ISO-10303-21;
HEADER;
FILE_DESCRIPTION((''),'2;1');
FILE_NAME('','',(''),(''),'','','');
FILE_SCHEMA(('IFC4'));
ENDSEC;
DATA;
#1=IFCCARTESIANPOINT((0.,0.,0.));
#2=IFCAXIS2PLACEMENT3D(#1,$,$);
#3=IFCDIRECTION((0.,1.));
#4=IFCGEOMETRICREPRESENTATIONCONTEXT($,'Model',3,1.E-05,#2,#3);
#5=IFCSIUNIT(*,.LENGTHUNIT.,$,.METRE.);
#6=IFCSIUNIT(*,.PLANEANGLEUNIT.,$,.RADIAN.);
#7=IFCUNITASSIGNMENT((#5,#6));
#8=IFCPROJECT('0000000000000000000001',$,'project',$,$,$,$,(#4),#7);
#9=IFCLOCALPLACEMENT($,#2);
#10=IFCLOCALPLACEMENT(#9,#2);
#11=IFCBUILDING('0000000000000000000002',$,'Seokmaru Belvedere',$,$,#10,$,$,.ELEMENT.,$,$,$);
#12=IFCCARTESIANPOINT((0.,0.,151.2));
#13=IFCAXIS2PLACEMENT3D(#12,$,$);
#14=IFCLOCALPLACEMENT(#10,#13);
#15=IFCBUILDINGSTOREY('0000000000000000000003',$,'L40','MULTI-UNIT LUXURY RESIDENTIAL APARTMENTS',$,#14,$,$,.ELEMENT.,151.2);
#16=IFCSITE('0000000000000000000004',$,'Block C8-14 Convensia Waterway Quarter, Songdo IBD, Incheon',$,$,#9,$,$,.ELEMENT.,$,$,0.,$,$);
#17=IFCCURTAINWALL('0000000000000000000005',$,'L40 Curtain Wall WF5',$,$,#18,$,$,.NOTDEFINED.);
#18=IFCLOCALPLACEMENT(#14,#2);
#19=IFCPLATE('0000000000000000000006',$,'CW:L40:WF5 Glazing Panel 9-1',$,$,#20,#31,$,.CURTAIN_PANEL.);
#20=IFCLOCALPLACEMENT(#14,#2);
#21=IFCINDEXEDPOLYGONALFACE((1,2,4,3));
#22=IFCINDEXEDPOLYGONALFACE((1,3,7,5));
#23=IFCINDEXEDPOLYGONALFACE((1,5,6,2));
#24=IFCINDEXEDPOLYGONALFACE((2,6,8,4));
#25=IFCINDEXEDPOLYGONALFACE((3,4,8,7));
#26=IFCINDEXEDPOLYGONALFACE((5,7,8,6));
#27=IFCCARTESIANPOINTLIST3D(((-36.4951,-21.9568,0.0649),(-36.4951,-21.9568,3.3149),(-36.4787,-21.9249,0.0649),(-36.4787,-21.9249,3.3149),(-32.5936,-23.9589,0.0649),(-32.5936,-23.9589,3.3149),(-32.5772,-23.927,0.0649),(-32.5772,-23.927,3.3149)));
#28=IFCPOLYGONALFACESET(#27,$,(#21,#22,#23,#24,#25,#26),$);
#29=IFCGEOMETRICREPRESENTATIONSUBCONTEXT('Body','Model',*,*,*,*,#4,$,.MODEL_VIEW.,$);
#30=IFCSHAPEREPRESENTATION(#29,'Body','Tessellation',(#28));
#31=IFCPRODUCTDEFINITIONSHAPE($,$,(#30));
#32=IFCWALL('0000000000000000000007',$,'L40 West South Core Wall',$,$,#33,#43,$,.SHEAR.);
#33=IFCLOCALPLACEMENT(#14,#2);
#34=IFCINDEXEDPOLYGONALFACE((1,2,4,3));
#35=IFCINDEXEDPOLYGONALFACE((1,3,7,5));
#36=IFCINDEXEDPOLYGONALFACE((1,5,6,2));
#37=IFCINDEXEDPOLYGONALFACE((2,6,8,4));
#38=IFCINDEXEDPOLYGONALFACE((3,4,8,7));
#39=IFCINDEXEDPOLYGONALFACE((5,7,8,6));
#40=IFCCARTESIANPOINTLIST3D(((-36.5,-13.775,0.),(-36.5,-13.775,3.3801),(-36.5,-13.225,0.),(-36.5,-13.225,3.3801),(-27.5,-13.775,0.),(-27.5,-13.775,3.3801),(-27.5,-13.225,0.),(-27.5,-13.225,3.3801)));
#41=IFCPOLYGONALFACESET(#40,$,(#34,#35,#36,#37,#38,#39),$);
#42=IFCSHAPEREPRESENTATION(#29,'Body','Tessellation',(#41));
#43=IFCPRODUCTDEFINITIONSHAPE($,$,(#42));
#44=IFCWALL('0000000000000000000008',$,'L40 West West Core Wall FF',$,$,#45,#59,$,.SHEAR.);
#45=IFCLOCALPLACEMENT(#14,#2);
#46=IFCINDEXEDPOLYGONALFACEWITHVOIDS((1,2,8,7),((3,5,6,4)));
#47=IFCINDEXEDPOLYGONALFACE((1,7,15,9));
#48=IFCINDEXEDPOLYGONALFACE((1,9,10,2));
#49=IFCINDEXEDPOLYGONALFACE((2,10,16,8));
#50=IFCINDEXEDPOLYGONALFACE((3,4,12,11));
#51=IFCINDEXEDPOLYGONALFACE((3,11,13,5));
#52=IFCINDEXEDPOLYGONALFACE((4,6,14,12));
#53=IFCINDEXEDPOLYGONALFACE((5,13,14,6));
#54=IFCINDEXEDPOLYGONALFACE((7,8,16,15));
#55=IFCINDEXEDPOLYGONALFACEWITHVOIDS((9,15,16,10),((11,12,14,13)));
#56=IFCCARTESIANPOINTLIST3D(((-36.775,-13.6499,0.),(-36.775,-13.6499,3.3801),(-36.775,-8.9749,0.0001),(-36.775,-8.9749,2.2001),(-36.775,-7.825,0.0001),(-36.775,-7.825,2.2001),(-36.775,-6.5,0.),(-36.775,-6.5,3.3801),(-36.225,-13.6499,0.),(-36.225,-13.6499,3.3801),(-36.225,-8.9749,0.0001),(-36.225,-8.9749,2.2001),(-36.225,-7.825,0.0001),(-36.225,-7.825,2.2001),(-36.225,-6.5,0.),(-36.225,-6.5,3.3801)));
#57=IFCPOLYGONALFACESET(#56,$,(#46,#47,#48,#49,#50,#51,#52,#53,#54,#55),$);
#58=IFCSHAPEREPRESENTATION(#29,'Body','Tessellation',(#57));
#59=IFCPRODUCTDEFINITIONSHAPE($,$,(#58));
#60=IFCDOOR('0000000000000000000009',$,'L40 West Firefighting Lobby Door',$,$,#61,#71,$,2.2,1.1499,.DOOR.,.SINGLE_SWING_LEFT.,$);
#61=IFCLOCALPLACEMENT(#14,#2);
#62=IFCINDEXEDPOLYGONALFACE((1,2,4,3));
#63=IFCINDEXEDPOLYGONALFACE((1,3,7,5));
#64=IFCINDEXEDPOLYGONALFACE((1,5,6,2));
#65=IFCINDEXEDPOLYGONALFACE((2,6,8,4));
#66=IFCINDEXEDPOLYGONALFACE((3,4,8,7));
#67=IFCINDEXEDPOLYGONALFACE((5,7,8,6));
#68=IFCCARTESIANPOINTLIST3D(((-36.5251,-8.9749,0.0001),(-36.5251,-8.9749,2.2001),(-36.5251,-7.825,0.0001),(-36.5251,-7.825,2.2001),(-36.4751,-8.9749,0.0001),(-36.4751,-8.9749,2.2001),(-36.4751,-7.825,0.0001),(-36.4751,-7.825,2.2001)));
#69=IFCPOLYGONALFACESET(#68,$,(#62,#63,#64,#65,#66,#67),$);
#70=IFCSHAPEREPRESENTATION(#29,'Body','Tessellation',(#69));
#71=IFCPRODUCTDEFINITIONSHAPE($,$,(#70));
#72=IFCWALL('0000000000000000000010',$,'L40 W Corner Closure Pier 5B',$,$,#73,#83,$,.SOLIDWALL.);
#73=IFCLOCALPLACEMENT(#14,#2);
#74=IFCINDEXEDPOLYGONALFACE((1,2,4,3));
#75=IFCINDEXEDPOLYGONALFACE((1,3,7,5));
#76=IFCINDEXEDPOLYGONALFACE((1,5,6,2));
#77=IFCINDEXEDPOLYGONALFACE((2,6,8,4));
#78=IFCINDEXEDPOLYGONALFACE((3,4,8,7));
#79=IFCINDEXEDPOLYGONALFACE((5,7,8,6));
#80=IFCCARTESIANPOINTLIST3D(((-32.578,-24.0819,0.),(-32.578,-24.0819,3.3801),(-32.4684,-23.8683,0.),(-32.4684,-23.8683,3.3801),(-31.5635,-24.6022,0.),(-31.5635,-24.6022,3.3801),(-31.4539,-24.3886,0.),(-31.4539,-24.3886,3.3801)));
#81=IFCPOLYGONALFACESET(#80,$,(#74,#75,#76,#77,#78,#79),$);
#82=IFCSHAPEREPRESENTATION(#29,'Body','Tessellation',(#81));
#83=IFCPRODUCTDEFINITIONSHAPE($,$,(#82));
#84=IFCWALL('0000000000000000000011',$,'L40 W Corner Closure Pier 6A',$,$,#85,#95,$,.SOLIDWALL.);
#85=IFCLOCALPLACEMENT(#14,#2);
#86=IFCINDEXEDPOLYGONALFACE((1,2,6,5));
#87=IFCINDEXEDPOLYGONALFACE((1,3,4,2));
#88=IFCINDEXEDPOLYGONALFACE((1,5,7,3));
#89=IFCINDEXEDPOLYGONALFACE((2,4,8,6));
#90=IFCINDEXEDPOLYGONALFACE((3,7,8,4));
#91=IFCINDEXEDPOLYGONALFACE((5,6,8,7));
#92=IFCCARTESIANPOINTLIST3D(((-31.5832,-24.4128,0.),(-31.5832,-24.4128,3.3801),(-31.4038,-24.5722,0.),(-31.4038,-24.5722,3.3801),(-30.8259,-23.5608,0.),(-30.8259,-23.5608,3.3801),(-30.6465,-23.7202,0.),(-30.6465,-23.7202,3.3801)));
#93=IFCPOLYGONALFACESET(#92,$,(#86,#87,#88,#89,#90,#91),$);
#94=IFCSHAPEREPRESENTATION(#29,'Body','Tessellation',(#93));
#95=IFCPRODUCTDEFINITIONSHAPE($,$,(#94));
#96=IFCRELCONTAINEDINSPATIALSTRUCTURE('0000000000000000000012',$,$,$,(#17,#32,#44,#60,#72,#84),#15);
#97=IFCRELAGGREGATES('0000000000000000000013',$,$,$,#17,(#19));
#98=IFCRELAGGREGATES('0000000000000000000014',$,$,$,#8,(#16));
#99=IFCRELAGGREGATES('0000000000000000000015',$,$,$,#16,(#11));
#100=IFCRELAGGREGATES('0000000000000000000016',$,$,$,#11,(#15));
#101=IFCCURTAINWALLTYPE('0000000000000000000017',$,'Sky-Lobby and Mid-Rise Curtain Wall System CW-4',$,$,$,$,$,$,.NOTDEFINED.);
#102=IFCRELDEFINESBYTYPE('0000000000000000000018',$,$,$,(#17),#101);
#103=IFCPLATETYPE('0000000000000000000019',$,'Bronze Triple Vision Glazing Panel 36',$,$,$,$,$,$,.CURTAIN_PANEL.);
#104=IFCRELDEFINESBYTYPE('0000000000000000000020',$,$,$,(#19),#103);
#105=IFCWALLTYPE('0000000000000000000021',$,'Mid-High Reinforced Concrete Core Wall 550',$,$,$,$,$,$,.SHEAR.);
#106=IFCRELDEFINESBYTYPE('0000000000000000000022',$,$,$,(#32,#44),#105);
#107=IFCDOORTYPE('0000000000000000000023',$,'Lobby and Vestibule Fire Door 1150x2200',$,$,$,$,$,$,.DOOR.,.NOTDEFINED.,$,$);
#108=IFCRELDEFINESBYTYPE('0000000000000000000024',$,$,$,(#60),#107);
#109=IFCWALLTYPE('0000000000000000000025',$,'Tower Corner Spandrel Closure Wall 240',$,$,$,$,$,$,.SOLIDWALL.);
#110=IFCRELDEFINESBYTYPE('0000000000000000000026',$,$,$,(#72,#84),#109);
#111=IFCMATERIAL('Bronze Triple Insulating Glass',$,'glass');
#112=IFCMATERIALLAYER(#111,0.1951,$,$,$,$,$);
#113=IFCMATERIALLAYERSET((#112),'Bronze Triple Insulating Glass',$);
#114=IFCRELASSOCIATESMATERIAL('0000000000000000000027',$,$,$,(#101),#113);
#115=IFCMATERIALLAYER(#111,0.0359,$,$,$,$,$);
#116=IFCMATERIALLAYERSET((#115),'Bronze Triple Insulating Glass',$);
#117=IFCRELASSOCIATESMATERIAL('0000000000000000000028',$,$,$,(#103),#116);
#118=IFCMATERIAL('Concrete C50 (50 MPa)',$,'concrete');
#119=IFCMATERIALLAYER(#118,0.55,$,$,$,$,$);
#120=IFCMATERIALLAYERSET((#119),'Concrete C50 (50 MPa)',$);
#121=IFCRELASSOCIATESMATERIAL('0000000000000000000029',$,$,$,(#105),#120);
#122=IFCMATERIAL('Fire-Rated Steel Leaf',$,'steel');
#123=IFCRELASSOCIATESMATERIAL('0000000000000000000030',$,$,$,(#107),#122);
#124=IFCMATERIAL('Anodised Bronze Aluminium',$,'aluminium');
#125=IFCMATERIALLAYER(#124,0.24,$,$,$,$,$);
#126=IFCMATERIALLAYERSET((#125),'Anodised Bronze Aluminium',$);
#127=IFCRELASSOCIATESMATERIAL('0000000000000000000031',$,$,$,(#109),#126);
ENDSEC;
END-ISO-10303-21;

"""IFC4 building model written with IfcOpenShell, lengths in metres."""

from ifc_helpers import new_model, si_unit, direction, frame, frame_2d, origin, origin_2d, place, context, subcontext, project, spatial, rectangle, extrude, source, transform, mapped, material, layer, layer_set, type_object, type_shapes, element, fill, aggregate, save


model = new_model("IFC4")

# Units and contexts
model_context = context("Model", 3, precision=1e-05, world=origin(), true_north=direction((0.0, 1.0)))
body_context = subcontext(model_context, "Body", "Model", "MODEL_VIEW")
ifc_project = project(units=[si_unit("LENGTHUNIT", "METRE"), si_unit("PLANEANGLEUNIT", "RADIAN")], contexts=[model_context])

# Site, building, storey
site_placement = place(None, origin())
site = spatial("IfcSite", under=ifc_project, at=site_placement, Name="Block C8-14 Convensia Waterway Quarter, Songdo IBD, Incheon", CompositionType="ELEMENT", RefElevation=0.0)
building_placement = place(site_placement, origin())
building = spatial("IfcBuilding", under=site, at=building_placement, Name="Seokmaru Belvedere", CompositionType="ELEMENT")
storey_placement = place(building_placement, frame((0.0, 0.0, 151.2)))
storey = spatial("IfcBuildingStorey", under=building, at=storey_placement, Name="L40", Description="MULTI-UNIT LUXURY RESIDENTIAL APARTMENTS", CompositionType="ELEMENT", Elevation=151.2)

# Curtain wall
ifc_material_1 = material(Name="Bronze Triple Insulating Glass", Category="glass")
ifc_layer_1 = layer(ifc_material_1, 0.1951)
ifc_layer_set_1 = layer_set([ifc_layer_1], Name="Bronze Triple Insulating Glass")
curtain_wall_type = type_object("IfcCurtainWallType", Name="Sky-Lobby and Mid-Rise Curtain Wall System CW-4", PredefinedType="NOTDEFINED", material=ifc_layer_set_1)
curtain_wall_1_placement = place(storey_placement, origin())
curtain_wall_1 = element("IfcCurtainWall", 1, at=curtain_wall_1_placement, inside=storey, type_object=curtain_wall_type, Name="L40 Curtain Wall WF5", PredefinedType="NOTDEFINED")
ifc_material_2 = material(Name="Anodised Bronze Aluminium", Category="aluminium")

# Plate
ifc_layer_2 = layer(ifc_material_1, 0.0359)
ifc_layer_set_2 = layer_set([ifc_layer_2], Name="Bronze Triple Insulating Glass")
plate_type = type_object("IfcPlateType", Name="Bronze Triple Vision Glazing Panel 36", PredefinedType="CURTAIN_PANEL", material=ifc_layer_set_2)
shared_shape_1 = source(origin(), body_context, "Body", "SweptSolid", [
    extrude(rectangle(XDim=4.3853, YDim=0.0359, at=origin_2d()), origin(), (0.0, 0.0, 1.0), 3.25),
])
type_shapes(plate_type, [shared_shape_1])
plate_placement = place(storey_placement, frame((-34.5361, -22.9419, 0.0649), z_axis=(0.0, 0.0, 1.0), x_axis=(0.889695, -0.456555, 0.0)))
plate = element("IfcPlate", 2, at=plate_placement, type_object=plate_type, Name="CW:L40:WF5 Glazing Panel 9-1", PredefinedType="CURTAIN_PANEL", context=body_context, shape_type="MappedRepresentation", body=[
    mapped(shared_shape_1, transform((0.0, 0.0, 0.0), scale=1.0)),
])
aggregate(curtain_wall_1, [plate])

# Wall
ifc_material_3 = material(Name="Concrete C50 (50 MPa)", Category="concrete")
ifc_layer_3 = layer(ifc_material_3, 0.55)
ifc_layer_set_3 = layer_set([ifc_layer_3], Name="Concrete C50 (50 MPa)")
wall_type_1 = type_object("IfcWallType", Name="Mid-High Reinforced Concrete Core Wall 550", PredefinedType="SHEAR", material=ifc_layer_set_3)
wall_1_placement = place(storey_placement, frame((-36.5, -13.5, 0.0), z_axis=(0.0, 0.0, 1.0), x_axis=(1.0, 0.0, 0.0)))
element("IfcWall", 3, at=wall_1_placement, inside=storey, type_object=wall_type_1, Name="L40 West South Core Wall", PredefinedType="SHEAR", context=body_context, shape_type="SweptSolid", body=[
    extrude(rectangle(XDim=9.0, YDim=0.55, at=frame_2d((4.5, 0.0))), origin(), (0.0, 0.0, 1.0), 3.3801),
])

# Wall, opening, door
wall_2_placement = place(storey_placement, frame((-36.5, -13.6499, 0.0), z_axis=(0.0, 0.0, 1.0), x_axis=(0.0, 1.0, 0.0)))
wall_2 = element("IfcWall", 4, at=wall_2_placement, inside=storey, type_object=wall_type_1, Name="L40 West West Core Wall FF", PredefinedType="SHEAR", context=body_context, shape_type="SweptSolid", body=[
    extrude(rectangle(XDim=7.1499, YDim=0.55, at=frame_2d((3.575, 0.0))), origin(), (0.0, 0.0, 1.0), 3.3801),
])
opening_placement = place(wall_2_placement, frame((4.675, 0.0, 0.0)))
opening = element("IfcOpeningElement", 5, at=opening_placement, cuts=wall_2, PredefinedType="OPENING", context=body_context, shape_type="SweptSolid", body=[
    extrude(rectangle(XDim=1.1499, YDim=2.2, at=frame_2d((0.575, 1.1001))), frame((0.0, 0.2852, 0.0), z_axis=(0.0, -1.0, 0.0), x_axis=(1.0, 0.0, 0.0)), (0.0, 0.0, 1.0), 0.5701),
])
ifc_material_4 = material(Name="Fire-Rated Steel Leaf", Category="steel")
door_type = type_object("IfcDoorType", Name="Lobby and Vestibule Fire Door 1150x2200", OperationType="NOTDEFINED", PredefinedType="DOOR", material=ifc_material_4)
shared_shape_2 = source(origin(), body_context, "Body", "SweptSolid", [
    extrude(rectangle(XDim=1.1499, YDim=2.2, at=frame_2d((0.575, 1.1001))), frame((0.0, 0.0249, 0.0), z_axis=(0.0, -1.0, 0.0), x_axis=(1.0, 0.0, 0.0)), (0.0, 0.0, 1.0), 0.05),
])
type_shapes(door_type, [shared_shape_2])
door_placement = place(opening_placement, frame((1.1499, 0.0, 0.0), z_axis=(0.0, 0.0, 1.0), x_axis=(-1.0, 0.0, 0.0)))
door = element("IfcDoor", 6, at=door_placement, inside=storey, type_object=door_type, Name="L40 West Firefighting Lobby Door", OperationType="SINGLE_SWING_LEFT", OverallHeight=2.2, OverallWidth=1.1499, PredefinedType="DOOR", context=body_context, shape_type="MappedRepresentation", body=[
    mapped(shared_shape_2, transform((0.0, 0.0, 0.0), scale=1.0)),
])
fill(opening, door)

# Walls
ifc_layer_4 = layer(ifc_material_2, 0.24)
ifc_layer_set_4 = layer_set([ifc_layer_4], Name="Anodised Bronze Aluminium")
wall_type_2 = type_object("IfcWallType", Name="Tower Corner Spandrel Closure Wall 240", PredefinedType="SOLIDWALL", material=ifc_layer_set_4)
wall_3_placement = place(storey_placement, frame((-32.5232, -23.9751, 0.0), z_axis=(0.0, 0.0, 1.0), x_axis=(0.889797, -0.456356, 0.0)))
element("IfcWall", 7, at=wall_3_placement, inside=storey, type_object=wall_type_2, Name="L40 W Corner Closure Pier 5B", PredefinedType="SOLIDWALL", context=body_context, shape_type="SweptSolid", body=[
    extrude(rectangle(XDim=1.1401, YDim=0.24, at=frame_2d((0.5701, 0.0))), origin(), (0.0, 0.0, 1.0), 3.3801),
])
wall_4_placement = place(storey_placement, frame((-31.4934, -24.4924, 0.0), z_axis=(0.0, 0.0, 1.0), x_axis=(0.664337, 0.747433, 0.0)))
element("IfcWall", 8, at=wall_4_placement, inside=storey, type_object=wall_type_2, Name="L40 W Corner Closure Pier 6A", PredefinedType="SOLIDWALL", context=body_context, shape_type="SweptSolid", body=[
    extrude(rectangle(XDim=1.1399, YDim=0.24, at=frame_2d((0.5698, 0.0))), origin(), (0.0, 0.0, 1.0), 3.3801),
])

save(model, "model.ifc")
